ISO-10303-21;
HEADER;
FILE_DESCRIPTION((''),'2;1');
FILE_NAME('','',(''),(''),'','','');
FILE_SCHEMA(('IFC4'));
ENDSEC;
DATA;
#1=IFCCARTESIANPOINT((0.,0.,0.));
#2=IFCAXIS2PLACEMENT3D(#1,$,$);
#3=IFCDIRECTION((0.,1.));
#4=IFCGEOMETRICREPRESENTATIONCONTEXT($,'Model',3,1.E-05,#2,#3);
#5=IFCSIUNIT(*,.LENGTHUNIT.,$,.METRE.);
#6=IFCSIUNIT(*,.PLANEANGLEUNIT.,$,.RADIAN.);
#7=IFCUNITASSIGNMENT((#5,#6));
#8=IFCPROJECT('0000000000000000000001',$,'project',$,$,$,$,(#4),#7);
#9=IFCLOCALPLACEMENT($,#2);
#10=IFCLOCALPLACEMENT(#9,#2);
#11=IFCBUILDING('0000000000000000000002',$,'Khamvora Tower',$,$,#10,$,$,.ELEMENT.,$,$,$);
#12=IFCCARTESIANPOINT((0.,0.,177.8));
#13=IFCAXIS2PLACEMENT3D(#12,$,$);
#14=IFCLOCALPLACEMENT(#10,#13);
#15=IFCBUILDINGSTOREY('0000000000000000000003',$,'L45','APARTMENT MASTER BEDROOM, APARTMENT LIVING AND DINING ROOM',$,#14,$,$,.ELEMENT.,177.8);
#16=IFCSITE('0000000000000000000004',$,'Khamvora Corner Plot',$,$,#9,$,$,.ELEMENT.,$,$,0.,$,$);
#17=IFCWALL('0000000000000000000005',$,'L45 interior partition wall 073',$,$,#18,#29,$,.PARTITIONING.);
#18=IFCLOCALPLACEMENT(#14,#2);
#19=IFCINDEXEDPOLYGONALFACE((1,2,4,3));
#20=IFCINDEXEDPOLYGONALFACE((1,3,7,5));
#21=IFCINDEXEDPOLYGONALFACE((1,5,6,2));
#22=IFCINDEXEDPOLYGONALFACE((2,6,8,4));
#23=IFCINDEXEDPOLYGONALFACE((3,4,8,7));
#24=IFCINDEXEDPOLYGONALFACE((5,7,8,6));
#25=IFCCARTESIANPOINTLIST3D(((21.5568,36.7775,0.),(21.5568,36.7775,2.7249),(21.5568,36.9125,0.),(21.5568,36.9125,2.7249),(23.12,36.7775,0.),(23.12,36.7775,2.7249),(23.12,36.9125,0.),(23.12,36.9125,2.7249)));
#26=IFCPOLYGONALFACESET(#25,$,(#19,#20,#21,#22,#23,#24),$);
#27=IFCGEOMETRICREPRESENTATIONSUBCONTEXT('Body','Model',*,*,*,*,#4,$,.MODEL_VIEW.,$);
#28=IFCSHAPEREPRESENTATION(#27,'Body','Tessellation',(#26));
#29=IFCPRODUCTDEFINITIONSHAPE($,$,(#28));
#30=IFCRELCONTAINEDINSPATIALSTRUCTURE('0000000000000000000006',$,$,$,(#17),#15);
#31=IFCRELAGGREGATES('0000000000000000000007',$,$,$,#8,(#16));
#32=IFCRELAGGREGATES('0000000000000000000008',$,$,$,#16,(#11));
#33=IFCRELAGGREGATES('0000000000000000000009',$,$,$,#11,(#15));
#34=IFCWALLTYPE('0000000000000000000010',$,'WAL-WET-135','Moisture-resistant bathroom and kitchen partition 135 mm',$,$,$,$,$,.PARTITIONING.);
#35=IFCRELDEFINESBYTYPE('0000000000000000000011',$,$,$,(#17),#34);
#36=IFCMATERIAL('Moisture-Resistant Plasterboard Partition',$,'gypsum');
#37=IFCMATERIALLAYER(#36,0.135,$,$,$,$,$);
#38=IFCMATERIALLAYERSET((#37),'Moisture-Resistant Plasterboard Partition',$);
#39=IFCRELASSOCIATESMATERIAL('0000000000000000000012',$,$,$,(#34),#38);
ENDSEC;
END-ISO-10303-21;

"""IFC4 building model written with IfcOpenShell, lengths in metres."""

from ifc_helpers import new_model, si_unit, direction, frame, frame_2d, origin, place, context, subcontext, project, spatial, rectangle, extrude, material, layer, layer_set, type_object, element, save


model = new_model("IFC4")

# Units and contexts
model_context = context("Model", 3, precision=1e-05, world=origin(), true_north=direction((0.0, 1.0)))
body_context = subcontext(model_context, "Body", "Model", "MODEL_VIEW")
ifc_project = project(units=[si_unit("LENGTHUNIT", "METRE"), si_unit("PLANEANGLEUNIT", "RADIAN")], contexts=[model_context])

# Site, building, storey
site_placement = place(None, origin())
site = spatial("IfcSite", under=ifc_project, at=site_placement, Name="Khamvora Corner Plot", CompositionType="ELEMENT", RefElevation=0.0)
building_placement = place(site_placement, origin())
building = spatial("IfcBuilding", under=site, at=building_placement, Name="Khamvora Tower", CompositionType="ELEMENT")
storey_placement = place(building_placement, frame((0.0, 0.0, 177.8)))
storey = spatial("IfcBuildingStorey", under=building, at=storey_placement, Name="L45", Description="APARTMENT MASTER BEDROOM, APARTMENT LIVING AND DINING ROOM", CompositionType="ELEMENT", Elevation=177.8)

# Shared definitions
ifc_material_1 = material(Name="Moisture-Resistant Plasterboard Partition", Category="gypsum")
ifc_layer_1 = layer(ifc_material_1, 0.135)
ifc_layer_set_1 = layer_set([ifc_layer_1], Name="Moisture-Resistant Plasterboard Partition")
wall_type_1 = type_object("IfcWallType", Name="WAL-WET-135", Description="Moisture-resistant bathroom and kitchen partition 135 mm", PredefinedType="PARTITIONING", material=ifc_layer_set_1)

# Wall
wall_1_placement = place(storey_placement, frame((23.1201, 36.845, 0.0), z_axis=(0.0, 0.0, 1.0), x_axis=(-1.0, 0.0, 0.0)))
element("IfcWall", 1, at=wall_1_placement, inside=storey, type_object=wall_type_1, Name="L45 interior partition wall 073", PredefinedType="PARTITIONING", context=body_context, shape_type="SweptSolid", body=[
    extrude(rectangle(XDim=1.5632, YDim=0.135, at=frame_2d((0.7817, 0.0))), origin(), (0.0, 0.0, 1.0), 2.7249),
])

save(model, "model.ifc")
